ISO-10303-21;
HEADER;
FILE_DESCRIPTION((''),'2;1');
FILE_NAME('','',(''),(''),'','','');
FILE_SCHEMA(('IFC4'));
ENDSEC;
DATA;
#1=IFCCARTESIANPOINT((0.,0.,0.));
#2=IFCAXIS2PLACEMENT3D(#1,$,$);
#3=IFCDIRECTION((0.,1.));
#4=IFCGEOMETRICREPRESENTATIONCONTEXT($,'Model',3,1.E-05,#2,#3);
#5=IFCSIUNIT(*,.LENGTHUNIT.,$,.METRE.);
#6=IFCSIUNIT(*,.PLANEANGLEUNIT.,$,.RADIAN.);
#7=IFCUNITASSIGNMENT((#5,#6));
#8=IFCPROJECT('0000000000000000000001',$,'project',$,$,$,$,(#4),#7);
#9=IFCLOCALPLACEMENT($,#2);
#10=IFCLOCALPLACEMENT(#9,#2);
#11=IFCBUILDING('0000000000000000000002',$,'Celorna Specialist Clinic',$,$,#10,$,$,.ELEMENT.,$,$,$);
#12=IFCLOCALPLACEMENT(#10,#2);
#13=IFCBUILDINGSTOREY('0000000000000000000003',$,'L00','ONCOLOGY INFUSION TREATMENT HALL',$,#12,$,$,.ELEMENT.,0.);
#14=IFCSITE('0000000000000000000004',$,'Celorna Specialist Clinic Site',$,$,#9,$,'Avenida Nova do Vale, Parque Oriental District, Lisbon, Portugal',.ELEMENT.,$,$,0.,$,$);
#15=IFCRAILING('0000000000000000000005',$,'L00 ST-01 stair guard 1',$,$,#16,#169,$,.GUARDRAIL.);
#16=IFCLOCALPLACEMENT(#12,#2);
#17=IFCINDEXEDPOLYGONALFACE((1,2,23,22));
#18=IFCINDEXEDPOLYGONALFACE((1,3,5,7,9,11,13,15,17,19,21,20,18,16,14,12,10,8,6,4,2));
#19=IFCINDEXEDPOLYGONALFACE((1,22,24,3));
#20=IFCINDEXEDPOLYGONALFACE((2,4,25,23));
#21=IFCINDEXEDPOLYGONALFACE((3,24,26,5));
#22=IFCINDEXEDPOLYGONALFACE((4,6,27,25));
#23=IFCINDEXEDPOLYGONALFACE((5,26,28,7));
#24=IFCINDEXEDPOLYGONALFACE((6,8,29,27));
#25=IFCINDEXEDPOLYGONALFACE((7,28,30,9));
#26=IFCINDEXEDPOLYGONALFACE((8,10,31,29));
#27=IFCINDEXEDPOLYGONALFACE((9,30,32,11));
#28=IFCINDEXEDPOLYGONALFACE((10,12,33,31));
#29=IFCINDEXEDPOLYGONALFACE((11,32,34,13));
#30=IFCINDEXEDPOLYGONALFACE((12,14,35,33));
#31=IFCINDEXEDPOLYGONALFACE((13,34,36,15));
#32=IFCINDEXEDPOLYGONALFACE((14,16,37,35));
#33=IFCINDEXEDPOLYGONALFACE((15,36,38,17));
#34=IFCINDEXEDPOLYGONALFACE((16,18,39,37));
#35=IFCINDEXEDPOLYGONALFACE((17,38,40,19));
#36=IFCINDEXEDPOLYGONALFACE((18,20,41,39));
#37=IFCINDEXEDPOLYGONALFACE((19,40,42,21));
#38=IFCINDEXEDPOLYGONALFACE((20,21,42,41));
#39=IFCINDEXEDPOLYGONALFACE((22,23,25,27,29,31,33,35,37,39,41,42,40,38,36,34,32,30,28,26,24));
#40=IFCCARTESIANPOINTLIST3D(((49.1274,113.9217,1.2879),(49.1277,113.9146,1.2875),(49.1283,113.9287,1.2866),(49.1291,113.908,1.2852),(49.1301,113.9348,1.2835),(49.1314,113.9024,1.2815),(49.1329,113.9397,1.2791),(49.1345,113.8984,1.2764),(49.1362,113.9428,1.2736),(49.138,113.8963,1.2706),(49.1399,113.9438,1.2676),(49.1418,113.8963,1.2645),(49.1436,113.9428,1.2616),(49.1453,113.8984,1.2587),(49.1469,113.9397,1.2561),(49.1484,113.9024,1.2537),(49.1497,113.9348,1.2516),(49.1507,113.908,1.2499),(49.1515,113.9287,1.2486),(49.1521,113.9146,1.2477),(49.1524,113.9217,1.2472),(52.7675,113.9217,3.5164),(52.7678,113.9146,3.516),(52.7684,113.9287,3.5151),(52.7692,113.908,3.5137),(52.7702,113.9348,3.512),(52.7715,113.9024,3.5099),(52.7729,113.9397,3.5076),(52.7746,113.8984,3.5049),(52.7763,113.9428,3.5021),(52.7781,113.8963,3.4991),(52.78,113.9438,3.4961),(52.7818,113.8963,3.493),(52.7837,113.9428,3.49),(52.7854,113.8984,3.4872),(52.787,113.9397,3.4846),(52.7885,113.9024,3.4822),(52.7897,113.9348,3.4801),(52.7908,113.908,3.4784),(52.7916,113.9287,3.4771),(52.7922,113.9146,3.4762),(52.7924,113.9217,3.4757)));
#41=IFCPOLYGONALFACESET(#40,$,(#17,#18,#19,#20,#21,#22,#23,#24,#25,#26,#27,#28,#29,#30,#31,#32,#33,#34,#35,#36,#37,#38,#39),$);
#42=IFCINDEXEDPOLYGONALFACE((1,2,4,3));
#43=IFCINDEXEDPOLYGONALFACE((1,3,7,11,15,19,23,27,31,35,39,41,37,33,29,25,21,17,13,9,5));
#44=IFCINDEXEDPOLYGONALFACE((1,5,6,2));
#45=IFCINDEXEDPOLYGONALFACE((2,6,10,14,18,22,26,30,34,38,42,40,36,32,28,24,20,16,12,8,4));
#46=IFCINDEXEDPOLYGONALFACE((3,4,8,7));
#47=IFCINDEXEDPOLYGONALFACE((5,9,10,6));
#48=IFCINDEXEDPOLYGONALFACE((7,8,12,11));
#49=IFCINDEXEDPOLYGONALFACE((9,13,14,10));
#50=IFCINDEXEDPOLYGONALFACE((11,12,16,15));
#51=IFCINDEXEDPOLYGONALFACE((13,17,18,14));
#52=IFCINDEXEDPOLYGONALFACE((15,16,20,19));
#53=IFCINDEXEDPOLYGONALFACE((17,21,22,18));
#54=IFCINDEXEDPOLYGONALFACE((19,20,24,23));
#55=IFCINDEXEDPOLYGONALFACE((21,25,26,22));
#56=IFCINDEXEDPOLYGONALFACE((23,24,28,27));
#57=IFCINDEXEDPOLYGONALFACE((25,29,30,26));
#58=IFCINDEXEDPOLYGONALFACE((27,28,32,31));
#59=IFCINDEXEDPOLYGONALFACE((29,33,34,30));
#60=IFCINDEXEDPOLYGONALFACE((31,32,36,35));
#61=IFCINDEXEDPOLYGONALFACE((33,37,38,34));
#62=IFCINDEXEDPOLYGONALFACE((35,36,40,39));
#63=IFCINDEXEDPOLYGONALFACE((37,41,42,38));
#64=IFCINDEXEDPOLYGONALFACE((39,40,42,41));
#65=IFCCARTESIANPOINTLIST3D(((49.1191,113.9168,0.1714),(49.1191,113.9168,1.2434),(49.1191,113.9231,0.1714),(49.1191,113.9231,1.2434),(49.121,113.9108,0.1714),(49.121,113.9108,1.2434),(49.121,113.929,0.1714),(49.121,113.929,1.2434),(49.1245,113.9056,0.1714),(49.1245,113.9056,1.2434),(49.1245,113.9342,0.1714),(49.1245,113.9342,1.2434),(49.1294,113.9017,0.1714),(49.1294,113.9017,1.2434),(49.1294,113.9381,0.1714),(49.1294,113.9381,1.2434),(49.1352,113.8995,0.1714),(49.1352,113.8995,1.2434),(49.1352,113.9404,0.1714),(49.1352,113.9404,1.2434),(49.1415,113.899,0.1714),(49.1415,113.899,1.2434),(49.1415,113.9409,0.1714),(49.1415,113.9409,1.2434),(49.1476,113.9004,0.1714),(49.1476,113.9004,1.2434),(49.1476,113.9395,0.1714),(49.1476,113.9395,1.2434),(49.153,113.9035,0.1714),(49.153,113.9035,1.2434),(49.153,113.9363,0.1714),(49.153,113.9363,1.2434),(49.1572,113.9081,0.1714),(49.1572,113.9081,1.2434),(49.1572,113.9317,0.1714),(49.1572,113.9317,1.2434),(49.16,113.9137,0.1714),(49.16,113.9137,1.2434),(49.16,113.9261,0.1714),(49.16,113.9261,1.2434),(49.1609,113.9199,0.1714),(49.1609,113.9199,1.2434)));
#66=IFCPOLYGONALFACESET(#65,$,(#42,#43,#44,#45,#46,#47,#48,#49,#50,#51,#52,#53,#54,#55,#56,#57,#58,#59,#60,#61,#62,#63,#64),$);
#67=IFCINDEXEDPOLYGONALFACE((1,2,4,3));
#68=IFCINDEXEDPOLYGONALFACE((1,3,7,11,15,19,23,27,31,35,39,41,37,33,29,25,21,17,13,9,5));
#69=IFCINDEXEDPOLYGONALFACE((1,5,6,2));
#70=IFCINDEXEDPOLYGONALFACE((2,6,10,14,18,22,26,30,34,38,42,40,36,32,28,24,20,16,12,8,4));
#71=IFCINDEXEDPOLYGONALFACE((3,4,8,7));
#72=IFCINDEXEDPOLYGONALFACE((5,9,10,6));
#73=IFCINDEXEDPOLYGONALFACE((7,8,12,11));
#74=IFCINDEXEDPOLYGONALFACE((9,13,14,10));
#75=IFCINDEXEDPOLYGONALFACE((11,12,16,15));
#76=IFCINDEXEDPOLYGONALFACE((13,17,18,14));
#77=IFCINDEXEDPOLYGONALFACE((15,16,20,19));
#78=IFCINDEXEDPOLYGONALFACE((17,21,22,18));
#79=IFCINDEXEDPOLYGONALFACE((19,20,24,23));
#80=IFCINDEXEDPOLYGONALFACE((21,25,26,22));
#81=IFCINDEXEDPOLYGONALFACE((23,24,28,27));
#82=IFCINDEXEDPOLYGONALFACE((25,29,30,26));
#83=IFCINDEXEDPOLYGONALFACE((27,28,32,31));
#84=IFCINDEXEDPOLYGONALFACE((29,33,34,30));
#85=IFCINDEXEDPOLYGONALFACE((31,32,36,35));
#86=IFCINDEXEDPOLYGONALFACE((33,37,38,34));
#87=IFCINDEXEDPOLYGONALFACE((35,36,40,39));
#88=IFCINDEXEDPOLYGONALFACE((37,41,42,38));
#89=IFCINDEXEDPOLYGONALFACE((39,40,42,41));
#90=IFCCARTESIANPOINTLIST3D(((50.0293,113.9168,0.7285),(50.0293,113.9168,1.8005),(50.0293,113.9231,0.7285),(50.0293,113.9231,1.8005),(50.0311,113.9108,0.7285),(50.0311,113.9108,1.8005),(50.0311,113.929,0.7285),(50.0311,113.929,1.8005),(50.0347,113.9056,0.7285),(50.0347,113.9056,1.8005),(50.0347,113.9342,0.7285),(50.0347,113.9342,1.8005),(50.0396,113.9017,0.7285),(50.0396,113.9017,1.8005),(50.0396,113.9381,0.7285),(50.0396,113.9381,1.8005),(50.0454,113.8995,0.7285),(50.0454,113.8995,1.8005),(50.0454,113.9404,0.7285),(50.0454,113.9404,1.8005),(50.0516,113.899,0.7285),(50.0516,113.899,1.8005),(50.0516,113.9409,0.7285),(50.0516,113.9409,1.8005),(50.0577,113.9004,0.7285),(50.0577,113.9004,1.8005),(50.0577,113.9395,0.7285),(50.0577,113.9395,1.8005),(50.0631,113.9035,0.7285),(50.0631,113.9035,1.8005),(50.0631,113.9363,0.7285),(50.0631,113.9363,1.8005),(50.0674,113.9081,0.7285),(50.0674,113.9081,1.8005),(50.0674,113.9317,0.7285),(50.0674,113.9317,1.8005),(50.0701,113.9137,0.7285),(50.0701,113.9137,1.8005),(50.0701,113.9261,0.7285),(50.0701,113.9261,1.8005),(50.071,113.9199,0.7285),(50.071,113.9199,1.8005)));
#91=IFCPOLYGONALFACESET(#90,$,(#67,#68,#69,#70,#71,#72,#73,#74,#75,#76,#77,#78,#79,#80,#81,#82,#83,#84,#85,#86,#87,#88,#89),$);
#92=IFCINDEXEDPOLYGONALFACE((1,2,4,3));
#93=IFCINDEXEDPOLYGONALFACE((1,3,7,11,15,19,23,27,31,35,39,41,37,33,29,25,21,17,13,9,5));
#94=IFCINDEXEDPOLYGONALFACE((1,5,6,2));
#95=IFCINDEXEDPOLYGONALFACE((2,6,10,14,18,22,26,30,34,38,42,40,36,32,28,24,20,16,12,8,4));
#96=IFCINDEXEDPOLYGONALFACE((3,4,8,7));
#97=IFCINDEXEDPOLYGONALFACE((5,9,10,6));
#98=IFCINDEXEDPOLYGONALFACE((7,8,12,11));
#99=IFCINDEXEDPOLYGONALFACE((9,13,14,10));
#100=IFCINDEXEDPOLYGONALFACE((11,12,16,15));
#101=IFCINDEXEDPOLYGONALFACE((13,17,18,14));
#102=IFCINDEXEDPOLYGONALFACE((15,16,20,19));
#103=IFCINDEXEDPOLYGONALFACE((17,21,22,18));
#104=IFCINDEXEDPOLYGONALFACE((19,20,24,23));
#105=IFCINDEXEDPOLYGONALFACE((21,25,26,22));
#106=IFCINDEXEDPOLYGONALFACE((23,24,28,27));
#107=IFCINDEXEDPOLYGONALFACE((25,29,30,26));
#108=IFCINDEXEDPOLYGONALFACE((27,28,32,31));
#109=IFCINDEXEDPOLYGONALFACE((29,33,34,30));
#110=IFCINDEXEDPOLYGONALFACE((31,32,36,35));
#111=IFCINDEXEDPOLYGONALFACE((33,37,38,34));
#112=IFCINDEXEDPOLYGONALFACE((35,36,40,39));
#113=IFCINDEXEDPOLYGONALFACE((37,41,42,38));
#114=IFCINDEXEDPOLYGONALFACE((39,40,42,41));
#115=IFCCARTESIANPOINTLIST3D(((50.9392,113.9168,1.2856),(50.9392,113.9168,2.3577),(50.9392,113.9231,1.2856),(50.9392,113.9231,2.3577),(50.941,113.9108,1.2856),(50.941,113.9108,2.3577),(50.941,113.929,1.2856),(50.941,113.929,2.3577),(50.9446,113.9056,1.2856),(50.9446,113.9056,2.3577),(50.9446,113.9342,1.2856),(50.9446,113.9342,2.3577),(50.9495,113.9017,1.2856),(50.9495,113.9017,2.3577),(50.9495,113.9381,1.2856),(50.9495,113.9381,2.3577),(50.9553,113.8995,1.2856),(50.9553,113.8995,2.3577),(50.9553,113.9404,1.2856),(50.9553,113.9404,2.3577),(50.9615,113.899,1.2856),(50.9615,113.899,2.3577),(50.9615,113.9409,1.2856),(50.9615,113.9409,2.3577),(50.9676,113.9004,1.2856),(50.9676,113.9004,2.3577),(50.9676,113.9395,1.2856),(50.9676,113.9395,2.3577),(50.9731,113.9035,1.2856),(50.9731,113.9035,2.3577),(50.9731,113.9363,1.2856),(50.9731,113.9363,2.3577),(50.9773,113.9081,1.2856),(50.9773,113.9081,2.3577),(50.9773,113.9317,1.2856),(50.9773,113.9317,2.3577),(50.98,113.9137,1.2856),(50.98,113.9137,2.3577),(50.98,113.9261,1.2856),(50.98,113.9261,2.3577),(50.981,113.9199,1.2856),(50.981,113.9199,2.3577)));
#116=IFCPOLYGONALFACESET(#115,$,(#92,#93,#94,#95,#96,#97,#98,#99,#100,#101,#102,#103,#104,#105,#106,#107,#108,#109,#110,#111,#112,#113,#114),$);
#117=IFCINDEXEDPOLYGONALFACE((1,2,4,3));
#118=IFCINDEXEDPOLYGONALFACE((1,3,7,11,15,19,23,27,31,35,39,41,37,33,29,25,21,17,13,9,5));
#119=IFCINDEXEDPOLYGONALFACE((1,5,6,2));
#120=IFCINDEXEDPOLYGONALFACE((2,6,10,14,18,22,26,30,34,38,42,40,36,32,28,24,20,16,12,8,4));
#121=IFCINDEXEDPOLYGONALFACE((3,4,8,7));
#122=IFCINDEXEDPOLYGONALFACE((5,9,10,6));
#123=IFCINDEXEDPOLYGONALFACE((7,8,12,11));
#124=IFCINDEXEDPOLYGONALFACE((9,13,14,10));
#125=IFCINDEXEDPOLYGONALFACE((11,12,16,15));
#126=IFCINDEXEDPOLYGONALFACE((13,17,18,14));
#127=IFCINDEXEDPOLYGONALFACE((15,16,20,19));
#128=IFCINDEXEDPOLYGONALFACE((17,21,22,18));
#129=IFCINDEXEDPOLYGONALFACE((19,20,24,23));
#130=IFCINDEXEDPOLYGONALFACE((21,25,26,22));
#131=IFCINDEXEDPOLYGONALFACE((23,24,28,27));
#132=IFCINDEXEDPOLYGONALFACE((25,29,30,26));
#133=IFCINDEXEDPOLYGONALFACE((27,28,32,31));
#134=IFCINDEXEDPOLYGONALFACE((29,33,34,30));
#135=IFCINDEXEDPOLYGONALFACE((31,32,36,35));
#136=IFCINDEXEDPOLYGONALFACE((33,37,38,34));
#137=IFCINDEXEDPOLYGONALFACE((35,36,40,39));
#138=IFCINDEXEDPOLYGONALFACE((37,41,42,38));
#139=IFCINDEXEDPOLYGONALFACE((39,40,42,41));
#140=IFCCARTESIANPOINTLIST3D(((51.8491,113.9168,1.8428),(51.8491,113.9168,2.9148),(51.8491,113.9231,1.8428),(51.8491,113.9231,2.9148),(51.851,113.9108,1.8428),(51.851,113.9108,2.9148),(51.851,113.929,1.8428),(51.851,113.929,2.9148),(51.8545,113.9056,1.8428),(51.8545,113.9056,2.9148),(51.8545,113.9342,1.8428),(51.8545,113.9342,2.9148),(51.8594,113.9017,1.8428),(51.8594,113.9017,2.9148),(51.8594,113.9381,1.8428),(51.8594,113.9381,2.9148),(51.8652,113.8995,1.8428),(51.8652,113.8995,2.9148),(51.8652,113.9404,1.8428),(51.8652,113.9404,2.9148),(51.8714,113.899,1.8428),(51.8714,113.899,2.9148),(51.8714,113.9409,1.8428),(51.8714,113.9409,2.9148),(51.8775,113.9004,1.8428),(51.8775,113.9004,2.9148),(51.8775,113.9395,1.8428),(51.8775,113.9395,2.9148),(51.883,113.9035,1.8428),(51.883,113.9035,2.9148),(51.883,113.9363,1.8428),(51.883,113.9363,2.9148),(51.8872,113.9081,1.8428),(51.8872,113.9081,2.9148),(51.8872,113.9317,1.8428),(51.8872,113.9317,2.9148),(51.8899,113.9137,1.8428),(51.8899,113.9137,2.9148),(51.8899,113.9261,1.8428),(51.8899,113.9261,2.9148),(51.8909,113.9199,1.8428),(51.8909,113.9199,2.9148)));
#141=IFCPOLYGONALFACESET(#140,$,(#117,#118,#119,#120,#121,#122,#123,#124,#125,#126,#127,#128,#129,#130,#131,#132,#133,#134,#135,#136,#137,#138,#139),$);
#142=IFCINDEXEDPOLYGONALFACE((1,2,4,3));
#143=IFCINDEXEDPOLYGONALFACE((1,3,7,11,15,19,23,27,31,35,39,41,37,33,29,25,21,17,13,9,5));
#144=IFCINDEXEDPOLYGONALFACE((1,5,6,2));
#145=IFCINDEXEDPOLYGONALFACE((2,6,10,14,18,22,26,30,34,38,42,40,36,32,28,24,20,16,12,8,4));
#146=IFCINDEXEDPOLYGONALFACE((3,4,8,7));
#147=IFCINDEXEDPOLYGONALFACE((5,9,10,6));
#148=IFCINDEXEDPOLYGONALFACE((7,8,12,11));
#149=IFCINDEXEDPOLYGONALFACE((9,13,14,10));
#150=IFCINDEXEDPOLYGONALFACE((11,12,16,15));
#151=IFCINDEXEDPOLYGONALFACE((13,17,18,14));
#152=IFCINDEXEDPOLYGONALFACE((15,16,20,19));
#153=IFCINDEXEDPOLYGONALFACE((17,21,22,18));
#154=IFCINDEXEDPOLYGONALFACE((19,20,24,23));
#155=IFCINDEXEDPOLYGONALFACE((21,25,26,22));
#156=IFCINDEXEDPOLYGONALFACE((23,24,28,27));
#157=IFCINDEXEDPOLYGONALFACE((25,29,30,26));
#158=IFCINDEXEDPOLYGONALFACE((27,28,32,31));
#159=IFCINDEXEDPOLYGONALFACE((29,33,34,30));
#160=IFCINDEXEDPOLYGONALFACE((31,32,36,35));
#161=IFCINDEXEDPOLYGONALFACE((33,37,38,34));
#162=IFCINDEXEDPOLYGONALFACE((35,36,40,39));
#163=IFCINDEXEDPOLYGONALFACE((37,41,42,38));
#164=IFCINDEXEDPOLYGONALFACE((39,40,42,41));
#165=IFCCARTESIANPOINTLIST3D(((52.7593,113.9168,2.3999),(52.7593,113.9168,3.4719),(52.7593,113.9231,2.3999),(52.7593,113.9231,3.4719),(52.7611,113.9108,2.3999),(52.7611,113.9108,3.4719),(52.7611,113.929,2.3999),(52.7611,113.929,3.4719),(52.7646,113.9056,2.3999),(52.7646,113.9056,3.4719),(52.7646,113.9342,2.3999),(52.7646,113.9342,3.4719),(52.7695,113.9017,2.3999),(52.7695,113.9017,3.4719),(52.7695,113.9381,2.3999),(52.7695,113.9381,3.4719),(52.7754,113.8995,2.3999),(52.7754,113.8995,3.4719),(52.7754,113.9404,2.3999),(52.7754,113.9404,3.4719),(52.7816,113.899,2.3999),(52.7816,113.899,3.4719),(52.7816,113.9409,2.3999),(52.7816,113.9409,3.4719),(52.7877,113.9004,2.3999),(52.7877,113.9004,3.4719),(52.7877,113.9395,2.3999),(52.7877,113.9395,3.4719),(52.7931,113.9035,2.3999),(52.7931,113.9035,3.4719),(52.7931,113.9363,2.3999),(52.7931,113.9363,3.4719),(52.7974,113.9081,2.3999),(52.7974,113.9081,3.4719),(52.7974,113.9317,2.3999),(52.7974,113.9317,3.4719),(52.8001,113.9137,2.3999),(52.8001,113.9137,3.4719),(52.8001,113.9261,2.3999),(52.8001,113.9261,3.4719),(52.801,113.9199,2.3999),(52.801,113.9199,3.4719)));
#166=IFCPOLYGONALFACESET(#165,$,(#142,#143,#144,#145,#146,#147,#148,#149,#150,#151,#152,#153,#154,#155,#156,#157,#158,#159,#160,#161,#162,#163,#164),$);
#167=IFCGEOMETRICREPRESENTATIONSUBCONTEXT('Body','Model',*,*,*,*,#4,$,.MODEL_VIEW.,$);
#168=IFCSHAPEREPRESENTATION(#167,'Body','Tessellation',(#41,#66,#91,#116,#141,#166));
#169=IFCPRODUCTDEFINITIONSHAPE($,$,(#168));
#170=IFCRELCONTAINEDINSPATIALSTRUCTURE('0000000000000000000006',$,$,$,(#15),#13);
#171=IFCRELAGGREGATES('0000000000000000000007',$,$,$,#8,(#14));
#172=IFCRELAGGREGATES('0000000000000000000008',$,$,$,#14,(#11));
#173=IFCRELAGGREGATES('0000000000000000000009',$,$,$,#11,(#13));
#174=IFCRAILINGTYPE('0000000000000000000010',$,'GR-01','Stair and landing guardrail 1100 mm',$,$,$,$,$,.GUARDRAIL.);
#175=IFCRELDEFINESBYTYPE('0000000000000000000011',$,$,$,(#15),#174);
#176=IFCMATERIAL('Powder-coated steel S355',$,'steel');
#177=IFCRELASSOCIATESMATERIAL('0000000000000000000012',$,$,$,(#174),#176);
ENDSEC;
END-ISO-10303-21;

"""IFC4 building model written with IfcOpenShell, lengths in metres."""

from ifc_helpers import new_model, si_unit, direction, frame, origin, origin_2d, place, context, subcontext, project, spatial, circle, extrude, material, type_object, element, save


model = new_model("IFC4")

# Units and contexts
model_context = context("Model", 3, precision=1e-05, world=origin(), true_north=direction((0.0, 1.0)))
body_context = subcontext(model_context, "Body", "Model", "MODEL_VIEW")
ifc_project = project(units=[si_unit("LENGTHUNIT", "METRE"), si_unit("PLANEANGLEUNIT", "RADIAN")], contexts=[model_context])

# Site, building, storey
site_placement = place(None, origin())
site = spatial("IfcSite", under=ifc_project, at=site_placement, Name="Celorna Specialist Clinic Site", LongName="Avenida Nova do Vale, Parque Oriental District, Lisbon, Portugal", CompositionType="ELEMENT", RefElevation=0.0)
building_placement = place(site_placement, origin())
building = spatial("IfcBuilding", under=site, at=building_placement, Name="Celorna Specialist Clinic", CompositionType="ELEMENT")
storey_placement = place(building_placement, origin())
storey = spatial("IfcBuildingStorey", under=building, at=storey_placement, Name="L00", Description="ONCOLOGY INFUSION TREATMENT HALL", CompositionType="ELEMENT", Elevation=0.0)

# Railing
ifc_material_1 = material(Name="Powder-coated steel S355", Category="steel")
railing_type_1 = type_object("IfcRailingType", Name="GR-01", Description="Stair and landing guardrail 1100 mm", PredefinedType="GUARDRAIL", material=ifc_material_1)
railing_1_placement = place(storey_placement, frame((49.1399, 113.9199, 0.1714)))
element("IfcRailing", 1, at=railing_1_placement, inside=storey, type_object=railing_type_1, Name="L00 ST-01 stair guard 1", PredefinedType="GUARDRAIL", context=body_context, shape_type="SweptSolid", body=[
    extrude(circle(Radius=0.0239, at=origin_2d()), frame((0.0, 0.0, 1.0962), z_axis=(0.852866, 0.0, 0.52213), x_axis=(0.0, 1.0, 0.0)), (0.0, 0.0, 1.0), 4.2681),
    extrude(circle(Radius=0.021, at=origin_2d()), origin(), (0.0, 0.0, 1.0), 1.072),
    extrude(circle(Radius=0.021, at=origin_2d()), frame((0.9102, 0.0, 0.5571)), (0.0, 0.0, 1.0), 1.072),
    extrude(circle(Radius=0.021, at=origin_2d()), frame((1.8201, 0.0, 1.1143)), (0.0, 0.0, 1.0), 1.072),
    extrude(circle(Radius=0.021, at=origin_2d()), frame((2.73, 0.0, 1.6714)), (0.0, 0.0, 1.0), 1.072),
    extrude(circle(Radius=0.021, at=origin_2d()), frame((3.6401, 0.0, 2.2285)), (0.0, 0.0, 1.0), 1.072),
])

save(model, "model.ifc")
